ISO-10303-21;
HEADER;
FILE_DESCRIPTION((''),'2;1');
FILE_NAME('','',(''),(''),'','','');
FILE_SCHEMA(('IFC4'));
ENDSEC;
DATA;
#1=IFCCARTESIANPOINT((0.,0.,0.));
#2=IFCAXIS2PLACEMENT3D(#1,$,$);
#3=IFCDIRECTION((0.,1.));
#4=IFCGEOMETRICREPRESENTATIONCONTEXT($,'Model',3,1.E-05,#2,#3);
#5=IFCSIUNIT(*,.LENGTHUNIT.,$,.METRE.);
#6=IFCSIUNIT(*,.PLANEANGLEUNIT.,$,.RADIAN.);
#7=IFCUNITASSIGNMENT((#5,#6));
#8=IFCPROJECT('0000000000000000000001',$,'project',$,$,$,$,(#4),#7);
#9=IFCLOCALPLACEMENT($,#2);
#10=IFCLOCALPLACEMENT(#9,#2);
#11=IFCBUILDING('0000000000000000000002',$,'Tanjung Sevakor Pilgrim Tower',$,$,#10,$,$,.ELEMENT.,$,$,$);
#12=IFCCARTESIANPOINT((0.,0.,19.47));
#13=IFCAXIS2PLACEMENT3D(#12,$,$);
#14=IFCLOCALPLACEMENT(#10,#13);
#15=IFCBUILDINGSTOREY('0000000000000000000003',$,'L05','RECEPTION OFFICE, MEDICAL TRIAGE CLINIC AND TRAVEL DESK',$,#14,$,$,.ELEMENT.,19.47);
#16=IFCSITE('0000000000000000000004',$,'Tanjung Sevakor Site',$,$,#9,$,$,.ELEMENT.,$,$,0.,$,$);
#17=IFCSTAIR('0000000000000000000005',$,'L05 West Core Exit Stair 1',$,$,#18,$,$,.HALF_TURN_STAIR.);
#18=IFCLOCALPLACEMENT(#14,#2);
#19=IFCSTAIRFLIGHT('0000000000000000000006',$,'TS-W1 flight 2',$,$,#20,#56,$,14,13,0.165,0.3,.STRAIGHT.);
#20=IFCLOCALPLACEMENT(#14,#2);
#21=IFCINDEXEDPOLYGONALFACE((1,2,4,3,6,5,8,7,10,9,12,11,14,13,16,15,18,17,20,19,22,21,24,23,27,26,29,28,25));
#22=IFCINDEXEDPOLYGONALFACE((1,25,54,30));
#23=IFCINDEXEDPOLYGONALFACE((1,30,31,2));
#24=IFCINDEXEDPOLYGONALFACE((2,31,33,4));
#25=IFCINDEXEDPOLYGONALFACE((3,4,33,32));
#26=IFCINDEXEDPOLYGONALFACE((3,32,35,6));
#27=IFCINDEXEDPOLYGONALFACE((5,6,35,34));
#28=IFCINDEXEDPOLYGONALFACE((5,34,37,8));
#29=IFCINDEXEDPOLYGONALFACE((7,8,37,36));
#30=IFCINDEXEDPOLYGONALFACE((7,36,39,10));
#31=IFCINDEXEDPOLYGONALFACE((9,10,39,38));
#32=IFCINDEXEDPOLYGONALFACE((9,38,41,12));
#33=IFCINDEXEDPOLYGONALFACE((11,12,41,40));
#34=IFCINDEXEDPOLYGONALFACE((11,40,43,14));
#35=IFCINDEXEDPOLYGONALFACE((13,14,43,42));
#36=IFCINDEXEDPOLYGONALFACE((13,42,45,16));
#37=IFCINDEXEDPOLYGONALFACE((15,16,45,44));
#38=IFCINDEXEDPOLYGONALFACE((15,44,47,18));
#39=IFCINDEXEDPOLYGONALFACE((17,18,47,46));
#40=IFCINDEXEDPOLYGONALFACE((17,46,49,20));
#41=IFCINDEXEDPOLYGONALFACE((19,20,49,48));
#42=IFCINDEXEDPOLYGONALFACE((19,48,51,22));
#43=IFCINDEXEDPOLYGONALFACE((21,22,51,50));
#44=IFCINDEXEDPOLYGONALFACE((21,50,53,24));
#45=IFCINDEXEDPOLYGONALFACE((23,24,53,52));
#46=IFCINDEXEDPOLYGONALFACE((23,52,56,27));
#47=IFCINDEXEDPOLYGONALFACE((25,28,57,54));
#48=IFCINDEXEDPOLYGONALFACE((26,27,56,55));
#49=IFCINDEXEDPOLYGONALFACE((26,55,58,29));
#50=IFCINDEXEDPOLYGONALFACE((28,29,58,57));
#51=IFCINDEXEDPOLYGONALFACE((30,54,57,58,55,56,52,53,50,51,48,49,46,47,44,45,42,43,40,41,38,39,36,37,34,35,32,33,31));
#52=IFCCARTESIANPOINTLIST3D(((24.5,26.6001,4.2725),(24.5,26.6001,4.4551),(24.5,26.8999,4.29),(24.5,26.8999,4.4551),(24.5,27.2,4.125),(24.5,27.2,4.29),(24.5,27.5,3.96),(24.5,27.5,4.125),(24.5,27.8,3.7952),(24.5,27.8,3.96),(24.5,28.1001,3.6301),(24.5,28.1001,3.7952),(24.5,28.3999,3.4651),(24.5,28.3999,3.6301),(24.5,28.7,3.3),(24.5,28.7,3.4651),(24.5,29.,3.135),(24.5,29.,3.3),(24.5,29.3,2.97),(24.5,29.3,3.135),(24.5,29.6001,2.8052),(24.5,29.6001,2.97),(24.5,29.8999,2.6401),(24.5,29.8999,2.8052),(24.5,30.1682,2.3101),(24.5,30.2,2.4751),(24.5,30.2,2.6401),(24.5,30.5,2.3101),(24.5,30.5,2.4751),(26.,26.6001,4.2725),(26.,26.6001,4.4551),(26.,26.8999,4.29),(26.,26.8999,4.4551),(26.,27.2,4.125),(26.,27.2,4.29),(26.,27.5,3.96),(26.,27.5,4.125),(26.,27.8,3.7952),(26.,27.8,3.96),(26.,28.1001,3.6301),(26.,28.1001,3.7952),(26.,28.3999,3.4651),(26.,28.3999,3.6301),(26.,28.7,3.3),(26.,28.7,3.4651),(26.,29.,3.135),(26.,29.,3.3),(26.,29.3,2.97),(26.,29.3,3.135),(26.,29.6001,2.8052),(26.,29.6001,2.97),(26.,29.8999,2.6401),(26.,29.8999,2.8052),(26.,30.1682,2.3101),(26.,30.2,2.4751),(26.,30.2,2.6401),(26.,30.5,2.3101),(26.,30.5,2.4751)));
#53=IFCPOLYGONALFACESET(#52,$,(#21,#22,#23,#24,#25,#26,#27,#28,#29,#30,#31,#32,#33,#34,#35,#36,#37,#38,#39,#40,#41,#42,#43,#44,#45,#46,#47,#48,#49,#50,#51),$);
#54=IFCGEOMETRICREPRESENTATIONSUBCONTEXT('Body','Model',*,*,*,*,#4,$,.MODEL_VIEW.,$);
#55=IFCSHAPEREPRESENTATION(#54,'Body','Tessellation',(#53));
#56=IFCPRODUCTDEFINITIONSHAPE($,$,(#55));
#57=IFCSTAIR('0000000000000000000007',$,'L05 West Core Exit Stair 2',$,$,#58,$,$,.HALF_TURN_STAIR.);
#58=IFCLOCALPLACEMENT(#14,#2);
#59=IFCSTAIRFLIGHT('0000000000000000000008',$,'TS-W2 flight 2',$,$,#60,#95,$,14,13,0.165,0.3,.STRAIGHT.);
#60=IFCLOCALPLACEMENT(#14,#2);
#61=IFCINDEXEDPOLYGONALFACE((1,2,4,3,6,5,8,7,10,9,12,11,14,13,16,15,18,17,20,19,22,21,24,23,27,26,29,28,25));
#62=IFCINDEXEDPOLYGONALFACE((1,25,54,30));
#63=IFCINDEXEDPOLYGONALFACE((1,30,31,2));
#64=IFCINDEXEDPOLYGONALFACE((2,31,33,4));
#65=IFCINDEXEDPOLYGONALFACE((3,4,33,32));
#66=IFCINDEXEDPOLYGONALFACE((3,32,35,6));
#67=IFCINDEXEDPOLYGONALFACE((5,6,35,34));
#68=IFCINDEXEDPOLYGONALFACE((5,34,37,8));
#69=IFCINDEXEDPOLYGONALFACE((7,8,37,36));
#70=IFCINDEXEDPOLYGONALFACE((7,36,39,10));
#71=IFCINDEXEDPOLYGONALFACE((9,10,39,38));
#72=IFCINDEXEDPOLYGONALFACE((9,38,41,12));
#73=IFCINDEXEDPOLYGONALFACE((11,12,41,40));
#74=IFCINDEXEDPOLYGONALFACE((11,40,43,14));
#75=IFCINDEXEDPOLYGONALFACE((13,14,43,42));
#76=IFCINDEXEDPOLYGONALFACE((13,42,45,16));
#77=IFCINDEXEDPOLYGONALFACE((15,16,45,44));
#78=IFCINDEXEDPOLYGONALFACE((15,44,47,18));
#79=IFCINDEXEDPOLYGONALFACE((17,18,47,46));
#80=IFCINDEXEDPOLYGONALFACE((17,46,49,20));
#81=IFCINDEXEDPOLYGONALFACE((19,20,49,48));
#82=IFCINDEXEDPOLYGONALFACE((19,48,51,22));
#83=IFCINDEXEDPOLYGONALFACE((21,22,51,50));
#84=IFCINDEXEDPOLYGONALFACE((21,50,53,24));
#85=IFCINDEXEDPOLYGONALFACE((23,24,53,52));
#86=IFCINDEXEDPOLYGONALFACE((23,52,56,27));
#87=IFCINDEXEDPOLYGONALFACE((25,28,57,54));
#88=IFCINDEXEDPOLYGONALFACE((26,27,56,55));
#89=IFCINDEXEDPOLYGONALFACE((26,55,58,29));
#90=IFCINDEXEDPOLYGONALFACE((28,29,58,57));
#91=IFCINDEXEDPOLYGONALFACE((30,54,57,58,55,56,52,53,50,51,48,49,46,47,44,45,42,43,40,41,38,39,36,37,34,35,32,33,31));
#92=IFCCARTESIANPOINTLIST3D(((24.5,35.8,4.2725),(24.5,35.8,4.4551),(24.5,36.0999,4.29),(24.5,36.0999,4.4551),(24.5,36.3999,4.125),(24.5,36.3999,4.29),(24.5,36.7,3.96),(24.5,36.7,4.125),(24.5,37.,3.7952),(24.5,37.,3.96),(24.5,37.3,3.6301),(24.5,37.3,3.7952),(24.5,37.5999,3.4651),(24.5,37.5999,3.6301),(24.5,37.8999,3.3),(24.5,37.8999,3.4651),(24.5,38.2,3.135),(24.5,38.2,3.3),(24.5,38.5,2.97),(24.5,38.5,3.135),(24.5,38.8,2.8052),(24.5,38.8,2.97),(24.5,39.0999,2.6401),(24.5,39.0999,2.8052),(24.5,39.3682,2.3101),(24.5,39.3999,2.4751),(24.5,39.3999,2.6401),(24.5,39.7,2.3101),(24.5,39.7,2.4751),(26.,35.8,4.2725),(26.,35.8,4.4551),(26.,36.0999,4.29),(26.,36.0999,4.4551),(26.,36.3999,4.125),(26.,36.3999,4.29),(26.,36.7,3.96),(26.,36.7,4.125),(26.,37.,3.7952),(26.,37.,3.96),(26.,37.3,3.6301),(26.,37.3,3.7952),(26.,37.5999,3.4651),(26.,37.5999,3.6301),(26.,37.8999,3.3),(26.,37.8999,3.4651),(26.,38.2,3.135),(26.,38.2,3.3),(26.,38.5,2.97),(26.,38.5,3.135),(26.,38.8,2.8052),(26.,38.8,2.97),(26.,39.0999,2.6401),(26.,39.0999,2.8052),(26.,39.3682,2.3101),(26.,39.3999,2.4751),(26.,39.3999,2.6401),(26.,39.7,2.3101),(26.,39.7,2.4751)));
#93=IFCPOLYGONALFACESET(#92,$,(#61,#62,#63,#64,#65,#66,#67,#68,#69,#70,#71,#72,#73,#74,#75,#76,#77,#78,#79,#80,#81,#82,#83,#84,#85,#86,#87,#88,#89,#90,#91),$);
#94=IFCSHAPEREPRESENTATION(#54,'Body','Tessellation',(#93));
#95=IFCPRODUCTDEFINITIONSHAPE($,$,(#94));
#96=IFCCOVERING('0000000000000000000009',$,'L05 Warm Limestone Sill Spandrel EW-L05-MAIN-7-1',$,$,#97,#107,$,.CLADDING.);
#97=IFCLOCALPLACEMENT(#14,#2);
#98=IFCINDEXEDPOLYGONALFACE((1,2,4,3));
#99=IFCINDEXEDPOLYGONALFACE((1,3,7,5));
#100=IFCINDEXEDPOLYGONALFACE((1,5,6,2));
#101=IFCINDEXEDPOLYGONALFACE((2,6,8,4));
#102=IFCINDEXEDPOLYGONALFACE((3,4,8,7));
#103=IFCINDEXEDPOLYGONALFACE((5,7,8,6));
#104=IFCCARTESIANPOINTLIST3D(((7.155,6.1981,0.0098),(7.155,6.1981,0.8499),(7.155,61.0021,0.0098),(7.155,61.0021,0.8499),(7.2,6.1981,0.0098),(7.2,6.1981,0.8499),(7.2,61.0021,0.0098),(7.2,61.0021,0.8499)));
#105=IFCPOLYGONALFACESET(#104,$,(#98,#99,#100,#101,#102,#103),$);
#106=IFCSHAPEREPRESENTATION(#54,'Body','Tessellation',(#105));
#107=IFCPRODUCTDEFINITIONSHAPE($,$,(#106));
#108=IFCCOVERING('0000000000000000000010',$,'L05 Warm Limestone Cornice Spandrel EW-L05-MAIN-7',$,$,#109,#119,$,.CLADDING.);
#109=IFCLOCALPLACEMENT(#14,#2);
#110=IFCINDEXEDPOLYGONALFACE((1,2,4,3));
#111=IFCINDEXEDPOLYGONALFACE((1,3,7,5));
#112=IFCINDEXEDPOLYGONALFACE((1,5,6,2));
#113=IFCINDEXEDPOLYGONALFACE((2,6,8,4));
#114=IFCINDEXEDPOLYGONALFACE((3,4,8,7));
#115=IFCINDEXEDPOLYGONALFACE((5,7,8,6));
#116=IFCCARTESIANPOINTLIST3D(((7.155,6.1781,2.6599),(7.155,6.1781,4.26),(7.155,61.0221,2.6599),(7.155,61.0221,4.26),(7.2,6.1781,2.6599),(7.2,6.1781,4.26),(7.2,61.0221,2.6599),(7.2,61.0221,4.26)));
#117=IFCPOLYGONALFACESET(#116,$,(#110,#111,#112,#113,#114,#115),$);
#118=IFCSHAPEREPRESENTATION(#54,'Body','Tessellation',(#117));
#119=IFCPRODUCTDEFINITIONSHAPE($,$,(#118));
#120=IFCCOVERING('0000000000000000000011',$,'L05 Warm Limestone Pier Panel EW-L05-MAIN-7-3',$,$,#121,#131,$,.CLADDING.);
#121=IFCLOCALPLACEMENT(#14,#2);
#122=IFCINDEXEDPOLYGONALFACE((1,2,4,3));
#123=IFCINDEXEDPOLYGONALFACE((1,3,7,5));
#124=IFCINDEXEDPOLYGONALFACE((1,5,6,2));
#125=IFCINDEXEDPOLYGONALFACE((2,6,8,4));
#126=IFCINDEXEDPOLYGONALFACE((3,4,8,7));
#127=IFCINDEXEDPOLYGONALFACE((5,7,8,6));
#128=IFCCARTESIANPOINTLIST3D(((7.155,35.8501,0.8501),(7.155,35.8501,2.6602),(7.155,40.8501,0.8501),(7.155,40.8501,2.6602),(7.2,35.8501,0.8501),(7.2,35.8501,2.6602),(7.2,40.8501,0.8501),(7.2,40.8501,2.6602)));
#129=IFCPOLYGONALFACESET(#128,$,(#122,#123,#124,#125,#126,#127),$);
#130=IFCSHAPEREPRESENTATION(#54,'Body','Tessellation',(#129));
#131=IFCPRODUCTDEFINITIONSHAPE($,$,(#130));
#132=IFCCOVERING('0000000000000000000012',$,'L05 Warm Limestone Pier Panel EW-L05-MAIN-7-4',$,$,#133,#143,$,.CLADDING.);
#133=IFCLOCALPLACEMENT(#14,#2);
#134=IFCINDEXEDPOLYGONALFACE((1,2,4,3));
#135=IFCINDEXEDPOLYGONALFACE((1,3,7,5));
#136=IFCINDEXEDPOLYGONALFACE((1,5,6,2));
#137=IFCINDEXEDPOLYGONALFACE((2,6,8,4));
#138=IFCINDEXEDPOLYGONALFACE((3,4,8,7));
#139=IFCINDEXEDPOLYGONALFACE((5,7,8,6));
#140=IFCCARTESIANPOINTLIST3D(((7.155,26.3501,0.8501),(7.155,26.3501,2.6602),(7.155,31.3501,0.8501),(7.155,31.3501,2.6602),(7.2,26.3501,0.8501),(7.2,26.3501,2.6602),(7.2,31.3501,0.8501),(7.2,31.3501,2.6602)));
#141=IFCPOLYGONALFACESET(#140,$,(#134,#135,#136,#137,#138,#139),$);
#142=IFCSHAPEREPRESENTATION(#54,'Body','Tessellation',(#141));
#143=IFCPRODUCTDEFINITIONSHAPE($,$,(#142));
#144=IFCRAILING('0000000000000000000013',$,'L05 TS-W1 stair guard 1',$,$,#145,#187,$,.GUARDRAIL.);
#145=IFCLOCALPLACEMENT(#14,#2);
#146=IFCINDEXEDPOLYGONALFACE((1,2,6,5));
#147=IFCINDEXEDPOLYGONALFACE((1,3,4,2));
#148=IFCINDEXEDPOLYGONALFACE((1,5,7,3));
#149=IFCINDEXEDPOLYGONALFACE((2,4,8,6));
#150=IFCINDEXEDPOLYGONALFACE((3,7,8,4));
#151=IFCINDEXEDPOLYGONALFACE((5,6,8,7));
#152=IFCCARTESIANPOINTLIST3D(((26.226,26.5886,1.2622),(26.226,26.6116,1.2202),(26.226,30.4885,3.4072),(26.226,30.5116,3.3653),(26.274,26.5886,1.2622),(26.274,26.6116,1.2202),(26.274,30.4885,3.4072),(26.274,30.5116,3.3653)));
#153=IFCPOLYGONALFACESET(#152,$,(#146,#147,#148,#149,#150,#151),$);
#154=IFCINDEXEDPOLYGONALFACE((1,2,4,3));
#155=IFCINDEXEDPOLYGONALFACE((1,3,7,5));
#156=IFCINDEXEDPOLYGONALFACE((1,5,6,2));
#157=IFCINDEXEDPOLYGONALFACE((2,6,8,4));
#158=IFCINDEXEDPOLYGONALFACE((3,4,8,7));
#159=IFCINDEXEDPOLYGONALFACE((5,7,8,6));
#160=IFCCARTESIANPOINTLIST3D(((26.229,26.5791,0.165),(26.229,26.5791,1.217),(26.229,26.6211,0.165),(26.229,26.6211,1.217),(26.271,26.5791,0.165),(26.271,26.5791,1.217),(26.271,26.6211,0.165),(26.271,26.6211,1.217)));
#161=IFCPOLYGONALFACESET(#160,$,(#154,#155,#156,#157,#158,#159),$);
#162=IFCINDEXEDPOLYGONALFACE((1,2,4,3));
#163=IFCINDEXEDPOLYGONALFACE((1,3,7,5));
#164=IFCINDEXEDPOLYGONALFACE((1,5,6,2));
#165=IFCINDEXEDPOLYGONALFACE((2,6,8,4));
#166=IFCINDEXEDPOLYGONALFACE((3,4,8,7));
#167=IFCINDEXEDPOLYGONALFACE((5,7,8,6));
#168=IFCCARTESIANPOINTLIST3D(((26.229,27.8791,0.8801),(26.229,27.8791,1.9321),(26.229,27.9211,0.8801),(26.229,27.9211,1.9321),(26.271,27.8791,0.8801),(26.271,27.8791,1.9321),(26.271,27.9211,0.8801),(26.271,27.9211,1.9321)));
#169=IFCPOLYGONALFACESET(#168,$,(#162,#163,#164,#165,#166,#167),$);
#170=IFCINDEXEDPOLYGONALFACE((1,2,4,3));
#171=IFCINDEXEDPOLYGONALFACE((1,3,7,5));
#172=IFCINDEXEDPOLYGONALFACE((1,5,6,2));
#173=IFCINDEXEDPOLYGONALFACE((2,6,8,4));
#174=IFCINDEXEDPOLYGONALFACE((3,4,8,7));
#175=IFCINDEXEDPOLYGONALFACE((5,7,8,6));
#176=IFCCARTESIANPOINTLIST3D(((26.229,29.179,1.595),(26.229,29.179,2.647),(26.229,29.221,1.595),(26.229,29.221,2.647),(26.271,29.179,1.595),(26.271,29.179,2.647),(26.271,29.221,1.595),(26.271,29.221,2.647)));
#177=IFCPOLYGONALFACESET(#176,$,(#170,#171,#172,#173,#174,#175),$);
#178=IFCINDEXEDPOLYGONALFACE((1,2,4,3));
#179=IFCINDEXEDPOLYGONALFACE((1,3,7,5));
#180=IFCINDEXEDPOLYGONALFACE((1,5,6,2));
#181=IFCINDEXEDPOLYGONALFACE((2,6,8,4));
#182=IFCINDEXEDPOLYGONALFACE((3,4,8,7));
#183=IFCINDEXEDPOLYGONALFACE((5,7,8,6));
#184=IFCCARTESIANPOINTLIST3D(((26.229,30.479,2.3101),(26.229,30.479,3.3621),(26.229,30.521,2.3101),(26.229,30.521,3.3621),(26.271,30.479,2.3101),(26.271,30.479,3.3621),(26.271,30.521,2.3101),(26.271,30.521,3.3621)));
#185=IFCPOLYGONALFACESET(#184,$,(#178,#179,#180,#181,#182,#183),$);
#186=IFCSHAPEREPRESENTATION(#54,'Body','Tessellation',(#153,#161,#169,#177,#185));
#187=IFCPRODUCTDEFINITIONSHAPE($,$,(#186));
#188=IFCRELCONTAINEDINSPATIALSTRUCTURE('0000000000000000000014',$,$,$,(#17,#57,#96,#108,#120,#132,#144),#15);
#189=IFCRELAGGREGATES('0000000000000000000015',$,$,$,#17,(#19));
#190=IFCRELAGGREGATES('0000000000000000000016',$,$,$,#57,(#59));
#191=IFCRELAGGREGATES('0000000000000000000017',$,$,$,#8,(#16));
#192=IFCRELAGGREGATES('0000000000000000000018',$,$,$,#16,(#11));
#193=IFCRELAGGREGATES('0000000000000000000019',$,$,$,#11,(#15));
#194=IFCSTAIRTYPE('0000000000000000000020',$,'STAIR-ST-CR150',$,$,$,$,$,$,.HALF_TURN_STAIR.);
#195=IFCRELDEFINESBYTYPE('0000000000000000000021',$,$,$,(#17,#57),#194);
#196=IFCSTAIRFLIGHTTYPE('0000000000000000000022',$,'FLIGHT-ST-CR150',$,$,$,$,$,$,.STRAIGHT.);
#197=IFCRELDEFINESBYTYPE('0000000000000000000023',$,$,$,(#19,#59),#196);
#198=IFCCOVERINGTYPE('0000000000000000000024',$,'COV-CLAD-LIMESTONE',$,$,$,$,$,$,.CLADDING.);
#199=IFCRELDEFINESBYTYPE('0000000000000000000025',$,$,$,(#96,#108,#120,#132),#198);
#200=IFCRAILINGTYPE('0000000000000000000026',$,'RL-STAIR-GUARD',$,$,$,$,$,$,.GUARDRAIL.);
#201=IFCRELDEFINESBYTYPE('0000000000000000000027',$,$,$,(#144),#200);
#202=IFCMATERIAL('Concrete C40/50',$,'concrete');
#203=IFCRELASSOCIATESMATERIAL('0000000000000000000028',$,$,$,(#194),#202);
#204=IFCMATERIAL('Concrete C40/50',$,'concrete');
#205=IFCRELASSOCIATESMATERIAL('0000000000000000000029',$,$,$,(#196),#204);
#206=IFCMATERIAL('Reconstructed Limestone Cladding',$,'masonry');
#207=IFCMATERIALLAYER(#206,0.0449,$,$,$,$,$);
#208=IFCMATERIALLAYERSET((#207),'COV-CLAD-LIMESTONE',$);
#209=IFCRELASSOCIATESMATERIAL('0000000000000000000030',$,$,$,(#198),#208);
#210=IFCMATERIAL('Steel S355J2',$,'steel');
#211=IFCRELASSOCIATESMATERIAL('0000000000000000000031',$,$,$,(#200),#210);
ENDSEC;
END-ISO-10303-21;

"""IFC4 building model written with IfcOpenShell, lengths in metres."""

from ifc_helpers import new_model, si_unit, direction, frame, origin, origin_2d, place, context, subcontext, project, spatial, polyline, rectangle, outline, extrude, material, layer, layer_set, type_object, element, aggregate, save


model = new_model("IFC4")

# Units and contexts
model_context = context("Model", 3, precision=1e-05, world=origin(), true_north=direction((0.0, 1.0)))
body_context = subcontext(model_context, "Body", "Model", "MODEL_VIEW")
ifc_project = project(units=[si_unit("LENGTHUNIT", "METRE"), si_unit("PLANEANGLEUNIT", "RADIAN")], contexts=[model_context])

# Site, building, storey
site_placement = place(None, origin())
site = spatial("IfcSite", under=ifc_project, at=site_placement, Name="Tanjung Sevakor Site", CompositionType="ELEMENT", RefElevation=0.0)
building_placement = place(site_placement, origin())
building = spatial("IfcBuilding", under=site, at=building_placement, Name="Tanjung Sevakor Pilgrim Tower", CompositionType="ELEMENT")
storey_placement = place(building_placement, frame((0.0, 0.0, 19.47)))
storey = spatial("IfcBuildingStorey", under=building, at=storey_placement, Name="L05", Description="RECEPTION OFFICE, MEDICAL TRIAGE CLINIC AND TRAVEL DESK", CompositionType="ELEMENT", Elevation=19.47)

# Stairs, stair flights
ifc_material_1 = material(Name="Concrete C40/50", Category="concrete")
stair_type = type_object("IfcStairType", Name="STAIR-ST-CR150", PredefinedType="HALF_TURN_STAIR", material=ifc_material_1)
stair_1_placement = place(storey_placement, origin())
stair_1 = element("IfcStair", 1, at=stair_1_placement, inside=storey, type_object=stair_type, Name="L05 West Core Exit Stair 1", PredefinedType="HALF_TURN_STAIR")
ifc_material_2 = material(Name="Concrete C40/50", Category="concrete")
stair_flight_type = type_object("IfcStairFlightType", Name="FLIGHT-ST-CR150", PredefinedType="STRAIGHT", material=ifc_material_2)
stair_flight_1_placement = place(storey_placement, frame((25.25, 30.5, 2.3101), z_axis=(0.0, 0.0, 1.0), x_axis=(0.0, -1.0, 0.0)))
stair_flight_1 = element("IfcStairFlight", 2, at=stair_flight_1_placement, type_object=stair_flight_type, Name="TS-W1 flight 2", NumberOfRisers=14, NumberOfTreads=13, PredefinedType="STRAIGHT", RiserHeight=0.165, TreadLength=0.3, context=body_context, shape_type="SweptSolid", body=[
    extrude(outline(polyline([(0.0, 0.0), (0.0, 0.165), (0.3, 0.165), (0.3, 0.3301), (0.6001, 0.3301), (0.6001, 0.4951), (0.8999, 0.4951), (0.8999, 0.6599), (1.2, 0.6599), (1.2, 0.825), (1.5, 0.825), (1.5, 0.99), (1.8, 0.99), (1.8, 1.155), (2.1001, 1.155), (2.1001, 1.3201), (2.3999, 1.3201), (2.3999, 1.4851), (2.7, 1.4851), (2.7, 1.6499), (3.0, 1.6499), (3.0, 1.8149), (3.3, 1.8149), (3.3, 1.98), (3.6001, 1.98), (3.6001, 2.145), (3.8999, 2.145), (3.8999, 2.3101), (3.8999, 1.9624), (0.3318, 0.0), (0.0, 0.0)])), frame((0.0, 0.75, 0.0), z_axis=(0.0, -1.0, 0.0), x_axis=(1.0, 0.0, 0.0)), (0.0, 0.0, 1.0), 1.5),
])
aggregate(stair_1, [stair_flight_1])
stair_2_placement = place(storey_placement, origin())
stair_2 = element("IfcStair", 3, at=stair_2_placement, inside=storey, type_object=stair_type, Name="L05 West Core Exit Stair 2", PredefinedType="HALF_TURN_STAIR")
stair_flight_2_placement = place(storey_placement, frame((25.25, 39.7, 2.3101), z_axis=(0.0, 0.0, 1.0), x_axis=(0.0, -1.0, 0.0)))
stair_flight_2 = element("IfcStairFlight", 4, at=stair_flight_2_placement, type_object=stair_flight_type, Name="TS-W2 flight 2", NumberOfRisers=14, NumberOfTreads=13, PredefinedType="STRAIGHT", RiserHeight=0.165, TreadLength=0.3, context=body_context, shape_type="SweptSolid", body=[
    extrude(outline(polyline([(0.0, 0.0), (0.0, 0.165), (0.3, 0.165), (0.3, 0.3301), (0.6001, 0.3301), (0.6001, 0.4951), (0.8999, 0.4951), (0.8999, 0.6599), (1.2, 0.6599), (1.2, 0.825), (1.5, 0.825), (1.5, 0.99), (1.8, 0.99), (1.8, 1.155), (2.1001, 1.155), (2.1001, 1.3201), (2.3999, 1.3201), (2.3999, 1.4851), (2.7, 1.4851), (2.7, 1.6499), (3.0, 1.6499), (3.0, 1.8149), (3.3, 1.8149), (3.3, 1.98), (3.6001, 1.98), (3.6001, 2.145), (3.8999, 2.145), (3.8999, 2.3101), (3.8999, 1.9624), (0.3318, 0.0), (0.0, 0.0)])), frame((0.0, 0.75, 0.0), z_axis=(0.0, -1.0, 0.0), x_axis=(1.0, 0.0, 0.0)), (0.0, 0.0, 1.0), 1.5),
])
aggregate(stair_2, [stair_flight_2])

# Coverings
ifc_material_3 = material(Name="Reconstructed Limestone Cladding", Category="masonry")
ifc_layer_1 = layer(ifc_material_3, 0.0449)
ifc_layer_set_1 = layer_set([ifc_layer_1], Name="COV-CLAD-LIMESTONE")
covering_type = type_object("IfcCoveringType", Name="COV-CLAD-LIMESTONE", PredefinedType="CLADDING", material=ifc_layer_set_1)
covering_1_placement = place(storey_placement, frame((7.1775, 33.6001, 0.0098), z_axis=(0.0, 0.0, 1.0), x_axis=(0.0, -1.0, 0.0)))
element("IfcCovering", 5, at=covering_1_placement, inside=storey, type_object=covering_type, Name="L05 Warm Limestone Sill Spandrel EW-L05-MAIN-7-1", PredefinedType="CLADDING", context=body_context, shape_type="SweptSolid", body=[
    extrude(rectangle(XDim=54.804, YDim=0.0449, at=origin_2d()), origin(), (0.0, 0.0, 1.0), 0.8401),
])
covering_2_placement = place(storey_placement, frame((7.1775, 33.6001, 2.6599), z_axis=(0.0, 0.0, 1.0), x_axis=(0.0, -1.0, 0.0)))
element("IfcCovering", 6, at=covering_2_placement, inside=storey, type_object=covering_type, Name="L05 Warm Limestone Cornice Spandrel EW-L05-MAIN-7", PredefinedType="CLADDING", context=body_context, shape_type="SweptSolid", body=[
    extrude(rectangle(XDim=54.844, YDim=0.0449, at=origin_2d()), origin(), (0.0, 0.0, 1.0), 1.6001),
])
for number, where, z_axis, x_axis, name in (
    (7, (7.1775, 38.3501, 0.8501), (0.0, 0.0, 1.0), (0.0, -1.0, 0.0), "L05 Warm Limestone Pier Panel EW-L05-MAIN-7-3"),
    (8, (7.1775, 28.8501, 0.8501), (0.0, 0.0, 1.0), (0.0, -1.0, 0.0), "L05 Warm Limestone Pier Panel EW-L05-MAIN-7-4"),
):
    element("IfcCovering", number, at=place(storey_placement, frame(where, z_axis=z_axis, x_axis=x_axis)), inside=storey, type_object=covering_type, Name=name, PredefinedType="CLADDING", context=body_context, shape_type="SweptSolid", body=[
        extrude(rectangle(XDim=5.0, YDim=0.0449, at=origin_2d()), origin(), (0.0, 0.0, 1.0), 1.8101),
    ])

# Railing
ifc_material_4 = material(Name="Steel S355J2", Category="steel")
railing_type_1 = type_object("IfcRailingType", Name="RL-STAIR-GUARD", PredefinedType="GUARDRAIL", material=ifc_material_4)
railing_1_placement = place(storey_placement, frame((26.25, 26.6001, 0.165)))
element("IfcRailing", 9, at=railing_1_placement, inside=storey, type_object=railing_type_1, Name="L05 TS-W1 stair guard 1", PredefinedType="GUARDRAIL", context=body_context, shape_type="SweptSolid", body=[
    extrude(rectangle(XDim=0.0479, YDim=0.0479), frame((0.0, 0.0, 1.0762), z_axis=(0.0, 0.876209, 0.481931), x_axis=(-1.0, 0.0, 0.0)), (0.0, 0.0, 1.0), 4.4509),
    extrude(rectangle(XDim=0.042, YDim=0.042), origin(), (0.0, 0.0, 1.0), 1.052),
    extrude(rectangle(XDim=0.042, YDim=0.042), frame((0.0, 1.3, 0.7151)), (0.0, 0.0, 1.0), 1.052),
    extrude(rectangle(XDim=0.042, YDim=0.042), frame((0.0, 2.5999, 1.4299)), (0.0, 0.0, 1.0), 1.052),
    extrude(rectangle(XDim=0.042, YDim=0.042), frame((0.0, 3.8999, 2.145)), (0.0, 0.0, 1.0), 1.052),
])

save(model, "model.ifc")
